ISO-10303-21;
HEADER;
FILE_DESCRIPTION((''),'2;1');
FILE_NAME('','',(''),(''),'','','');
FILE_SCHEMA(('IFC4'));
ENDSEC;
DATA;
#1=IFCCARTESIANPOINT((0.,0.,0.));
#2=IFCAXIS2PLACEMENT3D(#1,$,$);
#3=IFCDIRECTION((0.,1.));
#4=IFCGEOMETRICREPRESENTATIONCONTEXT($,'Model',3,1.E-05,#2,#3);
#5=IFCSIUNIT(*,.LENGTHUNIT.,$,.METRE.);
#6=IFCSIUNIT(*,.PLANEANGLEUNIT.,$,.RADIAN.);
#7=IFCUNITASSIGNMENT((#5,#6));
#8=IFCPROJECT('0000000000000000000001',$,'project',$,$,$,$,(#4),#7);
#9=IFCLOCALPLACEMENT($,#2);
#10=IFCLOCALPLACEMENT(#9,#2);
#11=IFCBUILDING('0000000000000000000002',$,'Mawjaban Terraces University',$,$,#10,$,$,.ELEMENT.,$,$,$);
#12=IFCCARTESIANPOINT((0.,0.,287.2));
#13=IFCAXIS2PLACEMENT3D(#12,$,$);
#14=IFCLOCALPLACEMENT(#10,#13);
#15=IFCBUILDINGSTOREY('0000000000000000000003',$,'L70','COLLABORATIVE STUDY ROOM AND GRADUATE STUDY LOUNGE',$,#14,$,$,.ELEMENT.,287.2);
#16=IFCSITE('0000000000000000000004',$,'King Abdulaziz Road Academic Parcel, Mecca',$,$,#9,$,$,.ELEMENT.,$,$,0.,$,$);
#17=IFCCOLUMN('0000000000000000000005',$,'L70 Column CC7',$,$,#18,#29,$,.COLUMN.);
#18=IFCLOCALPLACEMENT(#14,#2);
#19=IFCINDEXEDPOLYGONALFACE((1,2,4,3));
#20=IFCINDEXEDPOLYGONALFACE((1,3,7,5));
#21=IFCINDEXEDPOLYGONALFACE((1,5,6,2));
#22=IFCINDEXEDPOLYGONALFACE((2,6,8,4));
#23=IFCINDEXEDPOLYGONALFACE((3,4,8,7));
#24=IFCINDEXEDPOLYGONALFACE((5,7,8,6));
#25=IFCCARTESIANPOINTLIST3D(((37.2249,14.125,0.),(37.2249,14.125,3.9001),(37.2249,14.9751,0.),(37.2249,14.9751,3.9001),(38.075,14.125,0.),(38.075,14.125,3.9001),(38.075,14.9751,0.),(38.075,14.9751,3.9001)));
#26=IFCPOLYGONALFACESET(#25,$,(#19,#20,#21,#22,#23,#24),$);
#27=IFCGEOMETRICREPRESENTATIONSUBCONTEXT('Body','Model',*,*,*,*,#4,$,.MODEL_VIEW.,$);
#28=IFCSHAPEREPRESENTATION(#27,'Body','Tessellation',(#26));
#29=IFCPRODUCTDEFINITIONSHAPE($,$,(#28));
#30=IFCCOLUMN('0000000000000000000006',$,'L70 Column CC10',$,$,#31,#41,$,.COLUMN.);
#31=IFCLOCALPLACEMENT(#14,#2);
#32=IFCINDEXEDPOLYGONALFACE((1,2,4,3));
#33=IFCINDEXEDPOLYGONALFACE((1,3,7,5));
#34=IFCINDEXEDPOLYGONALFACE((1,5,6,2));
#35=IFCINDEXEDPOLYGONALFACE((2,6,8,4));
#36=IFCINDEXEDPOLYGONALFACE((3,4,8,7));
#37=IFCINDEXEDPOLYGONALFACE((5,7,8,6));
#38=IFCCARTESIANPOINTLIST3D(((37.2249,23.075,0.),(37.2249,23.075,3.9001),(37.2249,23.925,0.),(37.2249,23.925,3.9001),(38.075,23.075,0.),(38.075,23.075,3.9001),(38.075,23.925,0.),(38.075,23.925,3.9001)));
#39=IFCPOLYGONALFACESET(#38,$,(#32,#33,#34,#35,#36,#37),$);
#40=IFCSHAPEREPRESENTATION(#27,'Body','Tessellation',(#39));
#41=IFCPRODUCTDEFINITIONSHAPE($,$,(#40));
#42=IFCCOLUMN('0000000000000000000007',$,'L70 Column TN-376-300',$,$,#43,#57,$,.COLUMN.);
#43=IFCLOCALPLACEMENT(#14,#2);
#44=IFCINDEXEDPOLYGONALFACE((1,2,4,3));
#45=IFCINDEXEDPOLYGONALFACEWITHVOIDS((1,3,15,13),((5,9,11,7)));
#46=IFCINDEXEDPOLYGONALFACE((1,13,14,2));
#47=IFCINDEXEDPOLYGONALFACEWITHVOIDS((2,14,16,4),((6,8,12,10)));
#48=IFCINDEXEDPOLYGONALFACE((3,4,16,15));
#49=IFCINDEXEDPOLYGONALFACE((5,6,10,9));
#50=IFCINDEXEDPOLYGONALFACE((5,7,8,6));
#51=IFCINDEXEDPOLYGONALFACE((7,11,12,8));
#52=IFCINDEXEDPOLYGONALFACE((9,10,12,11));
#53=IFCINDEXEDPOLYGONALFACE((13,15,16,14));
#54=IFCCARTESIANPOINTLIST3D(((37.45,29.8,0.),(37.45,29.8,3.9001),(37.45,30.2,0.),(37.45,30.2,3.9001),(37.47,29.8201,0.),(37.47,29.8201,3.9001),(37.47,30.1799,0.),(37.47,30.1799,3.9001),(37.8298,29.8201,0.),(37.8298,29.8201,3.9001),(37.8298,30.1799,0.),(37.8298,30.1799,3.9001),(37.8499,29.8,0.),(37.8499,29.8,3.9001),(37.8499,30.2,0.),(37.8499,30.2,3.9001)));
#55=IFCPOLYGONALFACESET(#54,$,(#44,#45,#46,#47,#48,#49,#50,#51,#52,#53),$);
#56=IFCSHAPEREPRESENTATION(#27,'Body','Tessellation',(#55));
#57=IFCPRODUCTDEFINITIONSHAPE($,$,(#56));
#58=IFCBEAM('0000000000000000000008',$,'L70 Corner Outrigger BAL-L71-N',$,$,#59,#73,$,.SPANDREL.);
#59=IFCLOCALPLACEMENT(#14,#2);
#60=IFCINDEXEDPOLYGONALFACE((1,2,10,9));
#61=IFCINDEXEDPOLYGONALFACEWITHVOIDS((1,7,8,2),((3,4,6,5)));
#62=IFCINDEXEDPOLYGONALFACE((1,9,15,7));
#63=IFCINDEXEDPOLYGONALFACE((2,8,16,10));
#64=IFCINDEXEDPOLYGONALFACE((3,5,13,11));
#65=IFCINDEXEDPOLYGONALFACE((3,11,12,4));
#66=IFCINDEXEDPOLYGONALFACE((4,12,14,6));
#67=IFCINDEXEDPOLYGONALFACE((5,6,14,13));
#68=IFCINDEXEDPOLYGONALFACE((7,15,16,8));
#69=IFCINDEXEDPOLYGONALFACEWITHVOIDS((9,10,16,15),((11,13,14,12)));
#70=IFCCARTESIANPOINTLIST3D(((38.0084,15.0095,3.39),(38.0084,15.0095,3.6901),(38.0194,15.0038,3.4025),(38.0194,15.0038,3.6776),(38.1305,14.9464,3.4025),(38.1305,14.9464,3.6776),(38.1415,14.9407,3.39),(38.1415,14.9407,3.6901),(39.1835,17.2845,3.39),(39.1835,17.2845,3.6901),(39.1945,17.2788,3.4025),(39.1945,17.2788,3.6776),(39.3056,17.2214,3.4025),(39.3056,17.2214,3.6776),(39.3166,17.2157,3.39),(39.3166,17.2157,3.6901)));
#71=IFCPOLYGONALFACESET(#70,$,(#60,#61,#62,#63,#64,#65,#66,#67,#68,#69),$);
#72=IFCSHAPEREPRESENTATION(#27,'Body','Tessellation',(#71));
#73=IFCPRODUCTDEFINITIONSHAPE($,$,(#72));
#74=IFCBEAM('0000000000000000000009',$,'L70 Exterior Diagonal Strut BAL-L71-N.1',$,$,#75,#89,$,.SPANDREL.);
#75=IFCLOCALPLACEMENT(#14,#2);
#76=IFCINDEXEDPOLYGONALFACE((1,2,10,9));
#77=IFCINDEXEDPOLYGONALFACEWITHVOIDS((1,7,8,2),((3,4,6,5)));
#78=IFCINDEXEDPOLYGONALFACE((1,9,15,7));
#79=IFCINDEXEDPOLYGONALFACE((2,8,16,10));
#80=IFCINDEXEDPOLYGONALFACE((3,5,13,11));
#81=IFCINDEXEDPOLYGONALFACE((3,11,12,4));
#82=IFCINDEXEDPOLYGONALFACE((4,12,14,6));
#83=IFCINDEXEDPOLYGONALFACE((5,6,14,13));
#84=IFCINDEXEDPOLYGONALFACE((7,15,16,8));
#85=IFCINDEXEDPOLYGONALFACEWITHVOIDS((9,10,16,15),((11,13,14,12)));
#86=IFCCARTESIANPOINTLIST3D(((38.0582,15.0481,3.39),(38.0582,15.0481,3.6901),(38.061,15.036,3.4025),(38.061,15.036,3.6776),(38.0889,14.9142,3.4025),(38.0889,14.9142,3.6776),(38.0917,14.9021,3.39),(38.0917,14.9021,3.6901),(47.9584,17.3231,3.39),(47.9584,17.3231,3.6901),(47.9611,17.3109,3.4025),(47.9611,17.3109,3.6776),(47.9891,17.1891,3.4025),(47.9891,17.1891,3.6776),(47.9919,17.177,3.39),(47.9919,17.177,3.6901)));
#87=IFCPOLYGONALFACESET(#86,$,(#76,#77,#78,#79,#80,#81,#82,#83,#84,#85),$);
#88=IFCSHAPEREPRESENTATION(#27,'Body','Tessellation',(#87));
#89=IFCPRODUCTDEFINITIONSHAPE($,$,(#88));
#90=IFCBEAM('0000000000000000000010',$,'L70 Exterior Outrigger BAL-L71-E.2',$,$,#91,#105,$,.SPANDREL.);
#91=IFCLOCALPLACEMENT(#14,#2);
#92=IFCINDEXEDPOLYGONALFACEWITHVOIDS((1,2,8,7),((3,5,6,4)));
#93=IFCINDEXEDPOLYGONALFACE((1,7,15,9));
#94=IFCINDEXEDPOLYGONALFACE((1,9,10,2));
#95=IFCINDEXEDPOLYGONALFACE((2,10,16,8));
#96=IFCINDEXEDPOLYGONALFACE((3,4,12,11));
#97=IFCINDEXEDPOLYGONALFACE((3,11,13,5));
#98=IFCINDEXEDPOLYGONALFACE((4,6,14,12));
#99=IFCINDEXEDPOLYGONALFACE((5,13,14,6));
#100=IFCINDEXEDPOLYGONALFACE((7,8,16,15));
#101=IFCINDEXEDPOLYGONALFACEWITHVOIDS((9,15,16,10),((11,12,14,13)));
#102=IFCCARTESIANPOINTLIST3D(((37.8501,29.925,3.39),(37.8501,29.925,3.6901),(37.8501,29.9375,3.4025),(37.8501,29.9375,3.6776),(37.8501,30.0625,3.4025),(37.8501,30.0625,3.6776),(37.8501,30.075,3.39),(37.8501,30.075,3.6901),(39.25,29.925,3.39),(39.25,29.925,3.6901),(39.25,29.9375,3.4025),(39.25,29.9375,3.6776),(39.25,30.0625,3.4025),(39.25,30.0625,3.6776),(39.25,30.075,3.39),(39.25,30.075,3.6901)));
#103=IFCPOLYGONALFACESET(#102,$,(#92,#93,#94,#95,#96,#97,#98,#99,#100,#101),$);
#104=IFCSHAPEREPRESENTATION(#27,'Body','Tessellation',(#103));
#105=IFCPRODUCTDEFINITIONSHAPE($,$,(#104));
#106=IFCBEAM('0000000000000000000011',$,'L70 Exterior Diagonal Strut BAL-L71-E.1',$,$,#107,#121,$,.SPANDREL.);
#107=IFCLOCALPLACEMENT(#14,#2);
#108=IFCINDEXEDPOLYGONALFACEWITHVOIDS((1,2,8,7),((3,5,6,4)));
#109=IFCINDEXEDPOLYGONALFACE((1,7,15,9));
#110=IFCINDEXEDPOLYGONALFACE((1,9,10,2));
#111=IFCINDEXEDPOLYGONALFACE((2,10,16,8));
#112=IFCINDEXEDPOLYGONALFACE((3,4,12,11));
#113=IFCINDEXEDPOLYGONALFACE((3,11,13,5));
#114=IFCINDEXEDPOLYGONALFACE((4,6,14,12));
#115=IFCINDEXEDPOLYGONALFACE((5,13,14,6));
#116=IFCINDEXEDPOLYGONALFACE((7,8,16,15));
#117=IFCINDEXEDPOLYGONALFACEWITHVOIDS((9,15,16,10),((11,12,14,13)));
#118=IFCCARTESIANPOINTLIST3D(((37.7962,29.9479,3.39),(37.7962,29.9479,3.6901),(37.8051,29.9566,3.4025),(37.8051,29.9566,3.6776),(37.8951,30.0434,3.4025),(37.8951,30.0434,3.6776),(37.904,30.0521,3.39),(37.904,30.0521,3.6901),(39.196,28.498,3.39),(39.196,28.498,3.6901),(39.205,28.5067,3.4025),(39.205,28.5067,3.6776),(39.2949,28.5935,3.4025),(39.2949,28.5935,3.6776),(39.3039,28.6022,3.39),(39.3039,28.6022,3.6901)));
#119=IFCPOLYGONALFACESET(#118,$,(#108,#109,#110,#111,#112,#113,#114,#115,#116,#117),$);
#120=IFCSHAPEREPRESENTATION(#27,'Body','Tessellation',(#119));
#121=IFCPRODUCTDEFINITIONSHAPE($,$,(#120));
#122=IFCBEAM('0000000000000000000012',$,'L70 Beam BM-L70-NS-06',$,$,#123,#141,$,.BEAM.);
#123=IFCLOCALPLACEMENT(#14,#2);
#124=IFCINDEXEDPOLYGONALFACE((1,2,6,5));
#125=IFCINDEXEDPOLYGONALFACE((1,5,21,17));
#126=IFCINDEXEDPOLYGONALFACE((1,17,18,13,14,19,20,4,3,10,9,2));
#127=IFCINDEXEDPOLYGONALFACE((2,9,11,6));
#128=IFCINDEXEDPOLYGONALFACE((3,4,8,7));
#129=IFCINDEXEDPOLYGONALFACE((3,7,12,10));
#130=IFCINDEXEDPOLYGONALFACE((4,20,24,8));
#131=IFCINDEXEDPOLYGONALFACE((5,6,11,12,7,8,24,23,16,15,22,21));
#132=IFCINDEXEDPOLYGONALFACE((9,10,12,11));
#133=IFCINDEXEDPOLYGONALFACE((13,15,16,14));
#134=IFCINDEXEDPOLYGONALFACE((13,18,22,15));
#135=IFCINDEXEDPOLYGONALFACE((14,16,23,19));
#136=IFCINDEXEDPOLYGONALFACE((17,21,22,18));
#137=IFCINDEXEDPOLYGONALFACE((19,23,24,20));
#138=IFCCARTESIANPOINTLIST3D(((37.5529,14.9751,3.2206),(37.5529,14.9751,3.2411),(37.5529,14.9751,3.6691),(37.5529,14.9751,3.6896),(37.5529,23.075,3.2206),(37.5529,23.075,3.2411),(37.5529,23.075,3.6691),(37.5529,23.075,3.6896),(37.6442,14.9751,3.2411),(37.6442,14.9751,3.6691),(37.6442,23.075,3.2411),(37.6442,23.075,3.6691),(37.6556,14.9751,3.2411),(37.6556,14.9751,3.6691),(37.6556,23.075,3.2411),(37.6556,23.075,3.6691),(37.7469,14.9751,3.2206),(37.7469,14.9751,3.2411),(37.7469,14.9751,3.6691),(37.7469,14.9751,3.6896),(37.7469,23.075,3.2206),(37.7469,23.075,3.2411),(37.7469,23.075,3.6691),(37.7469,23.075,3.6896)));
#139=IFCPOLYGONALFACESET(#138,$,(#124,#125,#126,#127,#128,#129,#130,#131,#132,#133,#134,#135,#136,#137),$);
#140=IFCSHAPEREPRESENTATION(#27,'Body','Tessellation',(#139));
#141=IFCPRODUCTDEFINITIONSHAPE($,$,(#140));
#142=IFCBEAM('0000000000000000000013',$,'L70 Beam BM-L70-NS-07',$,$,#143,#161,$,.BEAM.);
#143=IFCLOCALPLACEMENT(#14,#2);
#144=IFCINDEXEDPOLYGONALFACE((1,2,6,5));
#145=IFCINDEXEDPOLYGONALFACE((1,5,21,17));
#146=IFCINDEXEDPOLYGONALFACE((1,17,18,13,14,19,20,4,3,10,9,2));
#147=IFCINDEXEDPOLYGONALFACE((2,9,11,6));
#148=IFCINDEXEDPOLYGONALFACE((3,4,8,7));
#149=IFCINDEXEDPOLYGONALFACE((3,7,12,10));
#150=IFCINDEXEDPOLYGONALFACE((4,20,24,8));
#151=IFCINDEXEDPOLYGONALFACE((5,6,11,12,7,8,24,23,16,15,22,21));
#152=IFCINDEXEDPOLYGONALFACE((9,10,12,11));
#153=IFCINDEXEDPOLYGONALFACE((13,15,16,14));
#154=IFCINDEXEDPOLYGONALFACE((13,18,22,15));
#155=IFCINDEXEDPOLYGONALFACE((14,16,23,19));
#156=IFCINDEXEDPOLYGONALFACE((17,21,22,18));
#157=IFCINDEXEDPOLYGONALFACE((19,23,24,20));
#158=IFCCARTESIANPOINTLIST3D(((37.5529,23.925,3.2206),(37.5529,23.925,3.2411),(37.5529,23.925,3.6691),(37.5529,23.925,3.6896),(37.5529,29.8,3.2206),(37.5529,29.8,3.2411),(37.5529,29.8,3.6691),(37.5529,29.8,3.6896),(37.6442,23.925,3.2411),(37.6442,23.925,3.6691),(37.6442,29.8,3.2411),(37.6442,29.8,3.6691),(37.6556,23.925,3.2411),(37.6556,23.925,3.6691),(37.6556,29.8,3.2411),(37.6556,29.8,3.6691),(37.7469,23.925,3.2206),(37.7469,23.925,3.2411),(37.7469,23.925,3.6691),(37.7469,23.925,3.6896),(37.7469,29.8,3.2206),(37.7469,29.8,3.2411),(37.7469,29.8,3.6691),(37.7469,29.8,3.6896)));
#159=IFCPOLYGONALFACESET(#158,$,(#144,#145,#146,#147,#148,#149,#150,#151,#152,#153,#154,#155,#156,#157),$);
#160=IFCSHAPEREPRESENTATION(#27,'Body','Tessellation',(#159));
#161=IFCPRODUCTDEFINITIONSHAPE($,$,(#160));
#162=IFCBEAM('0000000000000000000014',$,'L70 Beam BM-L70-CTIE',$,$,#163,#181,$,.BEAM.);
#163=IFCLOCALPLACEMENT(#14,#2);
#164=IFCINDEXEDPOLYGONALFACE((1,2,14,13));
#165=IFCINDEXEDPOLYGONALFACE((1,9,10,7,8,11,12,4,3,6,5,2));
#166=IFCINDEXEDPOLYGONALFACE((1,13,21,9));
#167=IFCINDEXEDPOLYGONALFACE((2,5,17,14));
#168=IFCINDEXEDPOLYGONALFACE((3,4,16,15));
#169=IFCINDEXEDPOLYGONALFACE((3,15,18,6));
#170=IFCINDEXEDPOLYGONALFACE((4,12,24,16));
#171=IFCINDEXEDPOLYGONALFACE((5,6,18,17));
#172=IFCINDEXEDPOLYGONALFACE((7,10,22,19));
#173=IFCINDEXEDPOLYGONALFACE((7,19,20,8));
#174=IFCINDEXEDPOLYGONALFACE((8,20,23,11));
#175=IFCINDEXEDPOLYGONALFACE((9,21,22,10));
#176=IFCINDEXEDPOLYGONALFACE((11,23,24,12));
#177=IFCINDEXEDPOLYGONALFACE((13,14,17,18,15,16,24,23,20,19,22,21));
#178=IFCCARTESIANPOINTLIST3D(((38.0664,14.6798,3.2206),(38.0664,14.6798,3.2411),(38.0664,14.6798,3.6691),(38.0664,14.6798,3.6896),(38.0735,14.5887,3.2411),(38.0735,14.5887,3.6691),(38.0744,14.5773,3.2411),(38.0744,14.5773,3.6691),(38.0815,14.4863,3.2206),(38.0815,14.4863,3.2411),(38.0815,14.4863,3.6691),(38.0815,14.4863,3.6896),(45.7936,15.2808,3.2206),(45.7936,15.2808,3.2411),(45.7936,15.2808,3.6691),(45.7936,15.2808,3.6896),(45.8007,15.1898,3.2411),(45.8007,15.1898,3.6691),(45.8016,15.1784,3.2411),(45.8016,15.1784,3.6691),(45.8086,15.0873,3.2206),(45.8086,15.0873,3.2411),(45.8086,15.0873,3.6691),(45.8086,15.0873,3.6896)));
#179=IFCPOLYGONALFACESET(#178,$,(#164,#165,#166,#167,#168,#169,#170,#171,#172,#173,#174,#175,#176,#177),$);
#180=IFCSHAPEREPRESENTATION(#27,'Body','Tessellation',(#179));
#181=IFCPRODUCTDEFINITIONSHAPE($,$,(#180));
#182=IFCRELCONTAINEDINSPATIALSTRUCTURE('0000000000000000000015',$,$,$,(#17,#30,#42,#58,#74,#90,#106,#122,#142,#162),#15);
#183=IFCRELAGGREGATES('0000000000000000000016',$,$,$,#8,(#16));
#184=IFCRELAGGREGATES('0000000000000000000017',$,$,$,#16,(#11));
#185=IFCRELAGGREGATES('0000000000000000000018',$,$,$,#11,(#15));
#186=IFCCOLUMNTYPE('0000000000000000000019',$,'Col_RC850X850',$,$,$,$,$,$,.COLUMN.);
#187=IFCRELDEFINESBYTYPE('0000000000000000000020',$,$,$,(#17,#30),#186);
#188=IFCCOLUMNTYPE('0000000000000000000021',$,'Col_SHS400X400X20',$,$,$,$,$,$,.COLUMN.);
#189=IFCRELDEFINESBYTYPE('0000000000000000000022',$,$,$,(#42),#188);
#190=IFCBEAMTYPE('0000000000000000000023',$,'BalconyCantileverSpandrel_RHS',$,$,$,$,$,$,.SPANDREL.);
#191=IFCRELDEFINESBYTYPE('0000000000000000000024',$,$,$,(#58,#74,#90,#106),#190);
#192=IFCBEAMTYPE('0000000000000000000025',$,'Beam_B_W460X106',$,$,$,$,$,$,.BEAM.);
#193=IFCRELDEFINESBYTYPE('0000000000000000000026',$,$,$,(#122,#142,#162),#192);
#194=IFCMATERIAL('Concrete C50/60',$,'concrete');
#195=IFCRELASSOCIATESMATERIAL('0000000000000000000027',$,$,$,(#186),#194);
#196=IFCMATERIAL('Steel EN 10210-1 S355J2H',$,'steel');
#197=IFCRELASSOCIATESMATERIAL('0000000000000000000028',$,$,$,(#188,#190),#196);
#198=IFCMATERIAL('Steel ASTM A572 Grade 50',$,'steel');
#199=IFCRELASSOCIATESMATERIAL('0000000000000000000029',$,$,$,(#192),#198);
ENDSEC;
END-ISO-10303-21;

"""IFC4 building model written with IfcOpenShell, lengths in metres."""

from ifc_helpers import new_model, si_unit, direction, frame, origin, origin_2d, place, context, subcontext, project, spatial, rectangle, hollow_rectangle, i_section, extrude, material, material_profile, profile_set, type_object, element, save


model = new_model("IFC4")

# Units and contexts
model_context = context("Model", 3, precision=1e-05, world=origin(), true_north=direction((0.0, 1.0)))
body_context = subcontext(model_context, "Body", "Model", "MODEL_VIEW")
ifc_project = project(units=[si_unit("LENGTHUNIT", "METRE"), si_unit("PLANEANGLEUNIT", "RADIAN")], contexts=[model_context])

# Site, building, storey
site_placement = place(None, origin())
site = spatial("IfcSite", under=ifc_project, at=site_placement, Name="King Abdulaziz Road Academic Parcel, Mecca", CompositionType="ELEMENT", RefElevation=0.0)
building_placement = place(site_placement, origin())
building = spatial("IfcBuilding", under=site, at=building_placement, Name="Mawjaban Terraces University", CompositionType="ELEMENT")
storey_placement = place(building_placement, frame((0.0, 0.0, 287.2)))
storey = spatial("IfcBuildingStorey", under=building, at=storey_placement, Name="L70", Description="COLLABORATIVE STUDY ROOM AND GRADUATE STUDY LOUNGE", CompositionType="ELEMENT", Elevation=287.2)

# Columns
ifc_material_1 = material(Name="Concrete C50/60", Category="concrete")
ifc_material_profile_1 = material_profile(ifc_material_1, rectangle(XDim=0.8501, YDim=0.8501, at=origin_2d()), Name="RC850X850")
ifc_profile_set_1 = profile_set([ifc_material_profile_1], Name="Concrete C50/60")
column_type_1 = type_object("IfcColumnType", Name="Col_RC850X850", PredefinedType="COLUMN", material=ifc_profile_set_1)
for number, where, z_axis, x_axis, name in (
    (1, (37.6499, 14.55, 0.0), (0.0, 0.0, 1.0), (1.0, 0.0, 0.0), "L70 Column CC7"),
    (2, (37.6499, 23.5, 0.0), (0.0, 0.0, 1.0), (1.0, 0.0, 0.0), "L70 Column CC10"),
):
    element("IfcColumn", number, at=place(storey_placement, frame(where, z_axis=z_axis, x_axis=x_axis)), inside=storey, type_object=column_type_1, Name=name, PredefinedType="COLUMN", context=body_context, shape_type="SweptSolid", body=[
        extrude(rectangle(XDim=0.8501, YDim=0.8501, at=origin_2d()), origin(), (0.0, 0.0, 1.0), 3.9001),
    ])
ifc_material_2 = material(Name="Steel EN 10210-1 S355J2H", Category="steel")
ifc_material_profile_2 = material_profile(ifc_material_2, hollow_rectangle(XDim=0.3999, YDim=0.3999, WallThickness=0.02, at=origin_2d()), Name="SHS400X400X20")
ifc_profile_set_2 = profile_set([ifc_material_profile_2], Name="Steel EN 10210-1 S355J2H")
column_type_2 = type_object("IfcColumnType", Name="Col_SHS400X400X20", PredefinedType="COLUMN", material=ifc_profile_set_2)
column_placement = place(storey_placement, frame((37.6499, 30.0, 0.0), z_axis=(0.0, 0.0, 1.0), x_axis=(1.0, 0.0, 0.0)))
element("IfcColumn", 3, at=column_placement, inside=storey, type_object=column_type_2, Name="L70 Column TN-376-300", PredefinedType="COLUMN", context=body_context, shape_type="SweptSolid", body=[
    extrude(hollow_rectangle(XDim=0.3999, YDim=0.3999, WallThickness=0.02, at=origin_2d()), origin(), (0.0, 0.0, 1.0), 3.9001),
])

# Beams
ifc_material_profile_3 = material_profile(ifc_material_2, hollow_rectangle(XDim=0.1499, YDim=0.3, WallThickness=0.0125, at=origin_2d()), Name="RHS300X150X12.5")
ifc_profile_set_3 = profile_set([ifc_material_profile_3], Name="Steel EN 10210-1 S355J2H")
beam_type_1 = type_object("IfcBeamType", Name="BalconyCantileverSpandrel_RHS", PredefinedType="SPANDREL", material=ifc_profile_set_3)
beam_1_placement = place(storey_placement, frame((38.075, 14.9751, 3.54), z_axis=(0.458922, 0.888476, 0.0), x_axis=(-0.888476, 0.458922, 0.0)))
element("IfcBeam", 4, at=beam_1_placement, inside=storey, type_object=beam_type_1, Name="L70 Corner Outrigger BAL-L71-N", PredefinedType="SPANDREL", context=body_context, shape_type="SweptSolid", body=[
    extrude(hollow_rectangle(XDim=0.1499, YDim=0.3, WallThickness=0.0125, at=origin_2d()), origin(), (0.0, 0.0, 1.0), 2.5605),
])
beam_2_placement = place(storey_placement, frame((38.075, 14.9751, 3.54), z_axis=(0.974601, 0.223948, 0.0), x_axis=(-0.223948, 0.974601, 0.0)))
element("IfcBeam", 5, at=beam_2_placement, inside=storey, type_object=beam_type_1, Name="L70 Exterior Diagonal Strut BAL-L71-N.1", PredefinedType="SPANDREL", context=body_context, shape_type="SweptSolid", body=[
    extrude(hollow_rectangle(XDim=0.1499, YDim=0.3, WallThickness=0.0125, at=origin_2d()), origin(), (0.0, 0.0, 1.0), 10.1582),
])
beam_3_placement = place(storey_placement, frame((37.8501, 30.0, 3.54), z_axis=(1.0, 0.0, 0.0), x_axis=(0.0, 1.0, 0.0)))
element("IfcBeam", 6, at=beam_3_placement, inside=storey, type_object=beam_type_1, Name="L70 Exterior Outrigger BAL-L71-E.2", PredefinedType="SPANDREL", context=body_context, shape_type="SweptSolid", body=[
    extrude(hollow_rectangle(XDim=0.1499, YDim=0.3, WallThickness=0.0125, at=origin_2d()), origin(), (0.0, 0.0, 1.0), 1.3999),
])
beam_4_placement = place(storey_placement, frame((37.8501, 30.0, 3.54), z_axis=(0.694582, -0.719414, 0.0), x_axis=(0.719414, 0.694582, 0.0)))
element("IfcBeam", 7, at=beam_4_placement, inside=storey, type_object=beam_type_1, Name="L70 Exterior Diagonal Strut BAL-L71-E.1", PredefinedType="SPANDREL", context=body_context, shape_type="SweptSolid", body=[
    extrude(hollow_rectangle(XDim=0.1499, YDim=0.3, WallThickness=0.0125, at=origin_2d()), origin(), (0.0, 0.0, 1.0), 2.0154),
])
ifc_material_3 = material(Name="Steel ASTM A572 Grade 50", Category="steel")
ifc_material_profile_4 = material_profile(ifc_material_3, i_section(OverallWidth=0.1941, OverallDepth=0.469, WebThickness=0.0115, FlangeThickness=0.0205, at=origin_2d()), Name="W460X106")
ifc_profile_set_4 = profile_set([ifc_material_profile_4], Name="Steel ASTM A572 Grade 50")
beam_type_2 = type_object("IfcBeamType", Name="Beam_B_W460X106", PredefinedType="BEAM", material=ifc_profile_set_4)
beam_5_placement = place(storey_placement, frame((37.6499, 14.9751, 3.4551), z_axis=(0.0, 1.0, 0.0), x_axis=(-1.0, 0.0, 0.0)))
element("IfcBeam", 8, at=beam_5_placement, inside=storey, type_object=beam_type_2, Name="L70 Beam BM-L70-NS-06", PredefinedType="BEAM", context=body_context, shape_type="SweptSolid", body=[
    extrude(i_section(OverallWidth=0.1941, OverallDepth=0.469, WebThickness=0.0115, FlangeThickness=0.0205, at=origin_2d()), origin(), (0.0, 0.0, 1.0), 8.0999),
])
beam_6_placement = place(storey_placement, frame((37.6499, 23.925, 3.4551), z_axis=(0.0, 1.0, 0.0), x_axis=(-1.0, 0.0, 0.0)))
element("IfcBeam", 9, at=beam_6_placement, inside=storey, type_object=beam_type_2, Name="L70 Beam BM-L70-NS-07", PredefinedType="BEAM", context=body_context, shape_type="SweptSolid", body=[
    extrude(i_section(OverallWidth=0.1941, OverallDepth=0.469, WebThickness=0.0115, FlangeThickness=0.0205, at=origin_2d()), origin(), (0.0, 0.0, 1.0), 5.875),
])
beam_7_placement = place(storey_placement, frame((38.074, 14.583, 3.4551), z_axis=(0.996988, 0.077554, 0.0), x_axis=(-0.077554, 0.996988, 0.0)))
element("IfcBeam", 10, at=beam_7_placement, inside=storey, type_object=beam_type_2, Name="L70 Beam BM-L70-CTIE", PredefinedType="BEAM", context=body_context, shape_type="SweptSolid", body=[
    extrude(i_section(OverallWidth=0.1941, OverallDepth=0.469, WebThickness=0.0115, FlangeThickness=0.0205, at=origin_2d()), origin(), (0.0, 0.0, 1.0), 7.7505),
])

save(model, "model.ifc")
